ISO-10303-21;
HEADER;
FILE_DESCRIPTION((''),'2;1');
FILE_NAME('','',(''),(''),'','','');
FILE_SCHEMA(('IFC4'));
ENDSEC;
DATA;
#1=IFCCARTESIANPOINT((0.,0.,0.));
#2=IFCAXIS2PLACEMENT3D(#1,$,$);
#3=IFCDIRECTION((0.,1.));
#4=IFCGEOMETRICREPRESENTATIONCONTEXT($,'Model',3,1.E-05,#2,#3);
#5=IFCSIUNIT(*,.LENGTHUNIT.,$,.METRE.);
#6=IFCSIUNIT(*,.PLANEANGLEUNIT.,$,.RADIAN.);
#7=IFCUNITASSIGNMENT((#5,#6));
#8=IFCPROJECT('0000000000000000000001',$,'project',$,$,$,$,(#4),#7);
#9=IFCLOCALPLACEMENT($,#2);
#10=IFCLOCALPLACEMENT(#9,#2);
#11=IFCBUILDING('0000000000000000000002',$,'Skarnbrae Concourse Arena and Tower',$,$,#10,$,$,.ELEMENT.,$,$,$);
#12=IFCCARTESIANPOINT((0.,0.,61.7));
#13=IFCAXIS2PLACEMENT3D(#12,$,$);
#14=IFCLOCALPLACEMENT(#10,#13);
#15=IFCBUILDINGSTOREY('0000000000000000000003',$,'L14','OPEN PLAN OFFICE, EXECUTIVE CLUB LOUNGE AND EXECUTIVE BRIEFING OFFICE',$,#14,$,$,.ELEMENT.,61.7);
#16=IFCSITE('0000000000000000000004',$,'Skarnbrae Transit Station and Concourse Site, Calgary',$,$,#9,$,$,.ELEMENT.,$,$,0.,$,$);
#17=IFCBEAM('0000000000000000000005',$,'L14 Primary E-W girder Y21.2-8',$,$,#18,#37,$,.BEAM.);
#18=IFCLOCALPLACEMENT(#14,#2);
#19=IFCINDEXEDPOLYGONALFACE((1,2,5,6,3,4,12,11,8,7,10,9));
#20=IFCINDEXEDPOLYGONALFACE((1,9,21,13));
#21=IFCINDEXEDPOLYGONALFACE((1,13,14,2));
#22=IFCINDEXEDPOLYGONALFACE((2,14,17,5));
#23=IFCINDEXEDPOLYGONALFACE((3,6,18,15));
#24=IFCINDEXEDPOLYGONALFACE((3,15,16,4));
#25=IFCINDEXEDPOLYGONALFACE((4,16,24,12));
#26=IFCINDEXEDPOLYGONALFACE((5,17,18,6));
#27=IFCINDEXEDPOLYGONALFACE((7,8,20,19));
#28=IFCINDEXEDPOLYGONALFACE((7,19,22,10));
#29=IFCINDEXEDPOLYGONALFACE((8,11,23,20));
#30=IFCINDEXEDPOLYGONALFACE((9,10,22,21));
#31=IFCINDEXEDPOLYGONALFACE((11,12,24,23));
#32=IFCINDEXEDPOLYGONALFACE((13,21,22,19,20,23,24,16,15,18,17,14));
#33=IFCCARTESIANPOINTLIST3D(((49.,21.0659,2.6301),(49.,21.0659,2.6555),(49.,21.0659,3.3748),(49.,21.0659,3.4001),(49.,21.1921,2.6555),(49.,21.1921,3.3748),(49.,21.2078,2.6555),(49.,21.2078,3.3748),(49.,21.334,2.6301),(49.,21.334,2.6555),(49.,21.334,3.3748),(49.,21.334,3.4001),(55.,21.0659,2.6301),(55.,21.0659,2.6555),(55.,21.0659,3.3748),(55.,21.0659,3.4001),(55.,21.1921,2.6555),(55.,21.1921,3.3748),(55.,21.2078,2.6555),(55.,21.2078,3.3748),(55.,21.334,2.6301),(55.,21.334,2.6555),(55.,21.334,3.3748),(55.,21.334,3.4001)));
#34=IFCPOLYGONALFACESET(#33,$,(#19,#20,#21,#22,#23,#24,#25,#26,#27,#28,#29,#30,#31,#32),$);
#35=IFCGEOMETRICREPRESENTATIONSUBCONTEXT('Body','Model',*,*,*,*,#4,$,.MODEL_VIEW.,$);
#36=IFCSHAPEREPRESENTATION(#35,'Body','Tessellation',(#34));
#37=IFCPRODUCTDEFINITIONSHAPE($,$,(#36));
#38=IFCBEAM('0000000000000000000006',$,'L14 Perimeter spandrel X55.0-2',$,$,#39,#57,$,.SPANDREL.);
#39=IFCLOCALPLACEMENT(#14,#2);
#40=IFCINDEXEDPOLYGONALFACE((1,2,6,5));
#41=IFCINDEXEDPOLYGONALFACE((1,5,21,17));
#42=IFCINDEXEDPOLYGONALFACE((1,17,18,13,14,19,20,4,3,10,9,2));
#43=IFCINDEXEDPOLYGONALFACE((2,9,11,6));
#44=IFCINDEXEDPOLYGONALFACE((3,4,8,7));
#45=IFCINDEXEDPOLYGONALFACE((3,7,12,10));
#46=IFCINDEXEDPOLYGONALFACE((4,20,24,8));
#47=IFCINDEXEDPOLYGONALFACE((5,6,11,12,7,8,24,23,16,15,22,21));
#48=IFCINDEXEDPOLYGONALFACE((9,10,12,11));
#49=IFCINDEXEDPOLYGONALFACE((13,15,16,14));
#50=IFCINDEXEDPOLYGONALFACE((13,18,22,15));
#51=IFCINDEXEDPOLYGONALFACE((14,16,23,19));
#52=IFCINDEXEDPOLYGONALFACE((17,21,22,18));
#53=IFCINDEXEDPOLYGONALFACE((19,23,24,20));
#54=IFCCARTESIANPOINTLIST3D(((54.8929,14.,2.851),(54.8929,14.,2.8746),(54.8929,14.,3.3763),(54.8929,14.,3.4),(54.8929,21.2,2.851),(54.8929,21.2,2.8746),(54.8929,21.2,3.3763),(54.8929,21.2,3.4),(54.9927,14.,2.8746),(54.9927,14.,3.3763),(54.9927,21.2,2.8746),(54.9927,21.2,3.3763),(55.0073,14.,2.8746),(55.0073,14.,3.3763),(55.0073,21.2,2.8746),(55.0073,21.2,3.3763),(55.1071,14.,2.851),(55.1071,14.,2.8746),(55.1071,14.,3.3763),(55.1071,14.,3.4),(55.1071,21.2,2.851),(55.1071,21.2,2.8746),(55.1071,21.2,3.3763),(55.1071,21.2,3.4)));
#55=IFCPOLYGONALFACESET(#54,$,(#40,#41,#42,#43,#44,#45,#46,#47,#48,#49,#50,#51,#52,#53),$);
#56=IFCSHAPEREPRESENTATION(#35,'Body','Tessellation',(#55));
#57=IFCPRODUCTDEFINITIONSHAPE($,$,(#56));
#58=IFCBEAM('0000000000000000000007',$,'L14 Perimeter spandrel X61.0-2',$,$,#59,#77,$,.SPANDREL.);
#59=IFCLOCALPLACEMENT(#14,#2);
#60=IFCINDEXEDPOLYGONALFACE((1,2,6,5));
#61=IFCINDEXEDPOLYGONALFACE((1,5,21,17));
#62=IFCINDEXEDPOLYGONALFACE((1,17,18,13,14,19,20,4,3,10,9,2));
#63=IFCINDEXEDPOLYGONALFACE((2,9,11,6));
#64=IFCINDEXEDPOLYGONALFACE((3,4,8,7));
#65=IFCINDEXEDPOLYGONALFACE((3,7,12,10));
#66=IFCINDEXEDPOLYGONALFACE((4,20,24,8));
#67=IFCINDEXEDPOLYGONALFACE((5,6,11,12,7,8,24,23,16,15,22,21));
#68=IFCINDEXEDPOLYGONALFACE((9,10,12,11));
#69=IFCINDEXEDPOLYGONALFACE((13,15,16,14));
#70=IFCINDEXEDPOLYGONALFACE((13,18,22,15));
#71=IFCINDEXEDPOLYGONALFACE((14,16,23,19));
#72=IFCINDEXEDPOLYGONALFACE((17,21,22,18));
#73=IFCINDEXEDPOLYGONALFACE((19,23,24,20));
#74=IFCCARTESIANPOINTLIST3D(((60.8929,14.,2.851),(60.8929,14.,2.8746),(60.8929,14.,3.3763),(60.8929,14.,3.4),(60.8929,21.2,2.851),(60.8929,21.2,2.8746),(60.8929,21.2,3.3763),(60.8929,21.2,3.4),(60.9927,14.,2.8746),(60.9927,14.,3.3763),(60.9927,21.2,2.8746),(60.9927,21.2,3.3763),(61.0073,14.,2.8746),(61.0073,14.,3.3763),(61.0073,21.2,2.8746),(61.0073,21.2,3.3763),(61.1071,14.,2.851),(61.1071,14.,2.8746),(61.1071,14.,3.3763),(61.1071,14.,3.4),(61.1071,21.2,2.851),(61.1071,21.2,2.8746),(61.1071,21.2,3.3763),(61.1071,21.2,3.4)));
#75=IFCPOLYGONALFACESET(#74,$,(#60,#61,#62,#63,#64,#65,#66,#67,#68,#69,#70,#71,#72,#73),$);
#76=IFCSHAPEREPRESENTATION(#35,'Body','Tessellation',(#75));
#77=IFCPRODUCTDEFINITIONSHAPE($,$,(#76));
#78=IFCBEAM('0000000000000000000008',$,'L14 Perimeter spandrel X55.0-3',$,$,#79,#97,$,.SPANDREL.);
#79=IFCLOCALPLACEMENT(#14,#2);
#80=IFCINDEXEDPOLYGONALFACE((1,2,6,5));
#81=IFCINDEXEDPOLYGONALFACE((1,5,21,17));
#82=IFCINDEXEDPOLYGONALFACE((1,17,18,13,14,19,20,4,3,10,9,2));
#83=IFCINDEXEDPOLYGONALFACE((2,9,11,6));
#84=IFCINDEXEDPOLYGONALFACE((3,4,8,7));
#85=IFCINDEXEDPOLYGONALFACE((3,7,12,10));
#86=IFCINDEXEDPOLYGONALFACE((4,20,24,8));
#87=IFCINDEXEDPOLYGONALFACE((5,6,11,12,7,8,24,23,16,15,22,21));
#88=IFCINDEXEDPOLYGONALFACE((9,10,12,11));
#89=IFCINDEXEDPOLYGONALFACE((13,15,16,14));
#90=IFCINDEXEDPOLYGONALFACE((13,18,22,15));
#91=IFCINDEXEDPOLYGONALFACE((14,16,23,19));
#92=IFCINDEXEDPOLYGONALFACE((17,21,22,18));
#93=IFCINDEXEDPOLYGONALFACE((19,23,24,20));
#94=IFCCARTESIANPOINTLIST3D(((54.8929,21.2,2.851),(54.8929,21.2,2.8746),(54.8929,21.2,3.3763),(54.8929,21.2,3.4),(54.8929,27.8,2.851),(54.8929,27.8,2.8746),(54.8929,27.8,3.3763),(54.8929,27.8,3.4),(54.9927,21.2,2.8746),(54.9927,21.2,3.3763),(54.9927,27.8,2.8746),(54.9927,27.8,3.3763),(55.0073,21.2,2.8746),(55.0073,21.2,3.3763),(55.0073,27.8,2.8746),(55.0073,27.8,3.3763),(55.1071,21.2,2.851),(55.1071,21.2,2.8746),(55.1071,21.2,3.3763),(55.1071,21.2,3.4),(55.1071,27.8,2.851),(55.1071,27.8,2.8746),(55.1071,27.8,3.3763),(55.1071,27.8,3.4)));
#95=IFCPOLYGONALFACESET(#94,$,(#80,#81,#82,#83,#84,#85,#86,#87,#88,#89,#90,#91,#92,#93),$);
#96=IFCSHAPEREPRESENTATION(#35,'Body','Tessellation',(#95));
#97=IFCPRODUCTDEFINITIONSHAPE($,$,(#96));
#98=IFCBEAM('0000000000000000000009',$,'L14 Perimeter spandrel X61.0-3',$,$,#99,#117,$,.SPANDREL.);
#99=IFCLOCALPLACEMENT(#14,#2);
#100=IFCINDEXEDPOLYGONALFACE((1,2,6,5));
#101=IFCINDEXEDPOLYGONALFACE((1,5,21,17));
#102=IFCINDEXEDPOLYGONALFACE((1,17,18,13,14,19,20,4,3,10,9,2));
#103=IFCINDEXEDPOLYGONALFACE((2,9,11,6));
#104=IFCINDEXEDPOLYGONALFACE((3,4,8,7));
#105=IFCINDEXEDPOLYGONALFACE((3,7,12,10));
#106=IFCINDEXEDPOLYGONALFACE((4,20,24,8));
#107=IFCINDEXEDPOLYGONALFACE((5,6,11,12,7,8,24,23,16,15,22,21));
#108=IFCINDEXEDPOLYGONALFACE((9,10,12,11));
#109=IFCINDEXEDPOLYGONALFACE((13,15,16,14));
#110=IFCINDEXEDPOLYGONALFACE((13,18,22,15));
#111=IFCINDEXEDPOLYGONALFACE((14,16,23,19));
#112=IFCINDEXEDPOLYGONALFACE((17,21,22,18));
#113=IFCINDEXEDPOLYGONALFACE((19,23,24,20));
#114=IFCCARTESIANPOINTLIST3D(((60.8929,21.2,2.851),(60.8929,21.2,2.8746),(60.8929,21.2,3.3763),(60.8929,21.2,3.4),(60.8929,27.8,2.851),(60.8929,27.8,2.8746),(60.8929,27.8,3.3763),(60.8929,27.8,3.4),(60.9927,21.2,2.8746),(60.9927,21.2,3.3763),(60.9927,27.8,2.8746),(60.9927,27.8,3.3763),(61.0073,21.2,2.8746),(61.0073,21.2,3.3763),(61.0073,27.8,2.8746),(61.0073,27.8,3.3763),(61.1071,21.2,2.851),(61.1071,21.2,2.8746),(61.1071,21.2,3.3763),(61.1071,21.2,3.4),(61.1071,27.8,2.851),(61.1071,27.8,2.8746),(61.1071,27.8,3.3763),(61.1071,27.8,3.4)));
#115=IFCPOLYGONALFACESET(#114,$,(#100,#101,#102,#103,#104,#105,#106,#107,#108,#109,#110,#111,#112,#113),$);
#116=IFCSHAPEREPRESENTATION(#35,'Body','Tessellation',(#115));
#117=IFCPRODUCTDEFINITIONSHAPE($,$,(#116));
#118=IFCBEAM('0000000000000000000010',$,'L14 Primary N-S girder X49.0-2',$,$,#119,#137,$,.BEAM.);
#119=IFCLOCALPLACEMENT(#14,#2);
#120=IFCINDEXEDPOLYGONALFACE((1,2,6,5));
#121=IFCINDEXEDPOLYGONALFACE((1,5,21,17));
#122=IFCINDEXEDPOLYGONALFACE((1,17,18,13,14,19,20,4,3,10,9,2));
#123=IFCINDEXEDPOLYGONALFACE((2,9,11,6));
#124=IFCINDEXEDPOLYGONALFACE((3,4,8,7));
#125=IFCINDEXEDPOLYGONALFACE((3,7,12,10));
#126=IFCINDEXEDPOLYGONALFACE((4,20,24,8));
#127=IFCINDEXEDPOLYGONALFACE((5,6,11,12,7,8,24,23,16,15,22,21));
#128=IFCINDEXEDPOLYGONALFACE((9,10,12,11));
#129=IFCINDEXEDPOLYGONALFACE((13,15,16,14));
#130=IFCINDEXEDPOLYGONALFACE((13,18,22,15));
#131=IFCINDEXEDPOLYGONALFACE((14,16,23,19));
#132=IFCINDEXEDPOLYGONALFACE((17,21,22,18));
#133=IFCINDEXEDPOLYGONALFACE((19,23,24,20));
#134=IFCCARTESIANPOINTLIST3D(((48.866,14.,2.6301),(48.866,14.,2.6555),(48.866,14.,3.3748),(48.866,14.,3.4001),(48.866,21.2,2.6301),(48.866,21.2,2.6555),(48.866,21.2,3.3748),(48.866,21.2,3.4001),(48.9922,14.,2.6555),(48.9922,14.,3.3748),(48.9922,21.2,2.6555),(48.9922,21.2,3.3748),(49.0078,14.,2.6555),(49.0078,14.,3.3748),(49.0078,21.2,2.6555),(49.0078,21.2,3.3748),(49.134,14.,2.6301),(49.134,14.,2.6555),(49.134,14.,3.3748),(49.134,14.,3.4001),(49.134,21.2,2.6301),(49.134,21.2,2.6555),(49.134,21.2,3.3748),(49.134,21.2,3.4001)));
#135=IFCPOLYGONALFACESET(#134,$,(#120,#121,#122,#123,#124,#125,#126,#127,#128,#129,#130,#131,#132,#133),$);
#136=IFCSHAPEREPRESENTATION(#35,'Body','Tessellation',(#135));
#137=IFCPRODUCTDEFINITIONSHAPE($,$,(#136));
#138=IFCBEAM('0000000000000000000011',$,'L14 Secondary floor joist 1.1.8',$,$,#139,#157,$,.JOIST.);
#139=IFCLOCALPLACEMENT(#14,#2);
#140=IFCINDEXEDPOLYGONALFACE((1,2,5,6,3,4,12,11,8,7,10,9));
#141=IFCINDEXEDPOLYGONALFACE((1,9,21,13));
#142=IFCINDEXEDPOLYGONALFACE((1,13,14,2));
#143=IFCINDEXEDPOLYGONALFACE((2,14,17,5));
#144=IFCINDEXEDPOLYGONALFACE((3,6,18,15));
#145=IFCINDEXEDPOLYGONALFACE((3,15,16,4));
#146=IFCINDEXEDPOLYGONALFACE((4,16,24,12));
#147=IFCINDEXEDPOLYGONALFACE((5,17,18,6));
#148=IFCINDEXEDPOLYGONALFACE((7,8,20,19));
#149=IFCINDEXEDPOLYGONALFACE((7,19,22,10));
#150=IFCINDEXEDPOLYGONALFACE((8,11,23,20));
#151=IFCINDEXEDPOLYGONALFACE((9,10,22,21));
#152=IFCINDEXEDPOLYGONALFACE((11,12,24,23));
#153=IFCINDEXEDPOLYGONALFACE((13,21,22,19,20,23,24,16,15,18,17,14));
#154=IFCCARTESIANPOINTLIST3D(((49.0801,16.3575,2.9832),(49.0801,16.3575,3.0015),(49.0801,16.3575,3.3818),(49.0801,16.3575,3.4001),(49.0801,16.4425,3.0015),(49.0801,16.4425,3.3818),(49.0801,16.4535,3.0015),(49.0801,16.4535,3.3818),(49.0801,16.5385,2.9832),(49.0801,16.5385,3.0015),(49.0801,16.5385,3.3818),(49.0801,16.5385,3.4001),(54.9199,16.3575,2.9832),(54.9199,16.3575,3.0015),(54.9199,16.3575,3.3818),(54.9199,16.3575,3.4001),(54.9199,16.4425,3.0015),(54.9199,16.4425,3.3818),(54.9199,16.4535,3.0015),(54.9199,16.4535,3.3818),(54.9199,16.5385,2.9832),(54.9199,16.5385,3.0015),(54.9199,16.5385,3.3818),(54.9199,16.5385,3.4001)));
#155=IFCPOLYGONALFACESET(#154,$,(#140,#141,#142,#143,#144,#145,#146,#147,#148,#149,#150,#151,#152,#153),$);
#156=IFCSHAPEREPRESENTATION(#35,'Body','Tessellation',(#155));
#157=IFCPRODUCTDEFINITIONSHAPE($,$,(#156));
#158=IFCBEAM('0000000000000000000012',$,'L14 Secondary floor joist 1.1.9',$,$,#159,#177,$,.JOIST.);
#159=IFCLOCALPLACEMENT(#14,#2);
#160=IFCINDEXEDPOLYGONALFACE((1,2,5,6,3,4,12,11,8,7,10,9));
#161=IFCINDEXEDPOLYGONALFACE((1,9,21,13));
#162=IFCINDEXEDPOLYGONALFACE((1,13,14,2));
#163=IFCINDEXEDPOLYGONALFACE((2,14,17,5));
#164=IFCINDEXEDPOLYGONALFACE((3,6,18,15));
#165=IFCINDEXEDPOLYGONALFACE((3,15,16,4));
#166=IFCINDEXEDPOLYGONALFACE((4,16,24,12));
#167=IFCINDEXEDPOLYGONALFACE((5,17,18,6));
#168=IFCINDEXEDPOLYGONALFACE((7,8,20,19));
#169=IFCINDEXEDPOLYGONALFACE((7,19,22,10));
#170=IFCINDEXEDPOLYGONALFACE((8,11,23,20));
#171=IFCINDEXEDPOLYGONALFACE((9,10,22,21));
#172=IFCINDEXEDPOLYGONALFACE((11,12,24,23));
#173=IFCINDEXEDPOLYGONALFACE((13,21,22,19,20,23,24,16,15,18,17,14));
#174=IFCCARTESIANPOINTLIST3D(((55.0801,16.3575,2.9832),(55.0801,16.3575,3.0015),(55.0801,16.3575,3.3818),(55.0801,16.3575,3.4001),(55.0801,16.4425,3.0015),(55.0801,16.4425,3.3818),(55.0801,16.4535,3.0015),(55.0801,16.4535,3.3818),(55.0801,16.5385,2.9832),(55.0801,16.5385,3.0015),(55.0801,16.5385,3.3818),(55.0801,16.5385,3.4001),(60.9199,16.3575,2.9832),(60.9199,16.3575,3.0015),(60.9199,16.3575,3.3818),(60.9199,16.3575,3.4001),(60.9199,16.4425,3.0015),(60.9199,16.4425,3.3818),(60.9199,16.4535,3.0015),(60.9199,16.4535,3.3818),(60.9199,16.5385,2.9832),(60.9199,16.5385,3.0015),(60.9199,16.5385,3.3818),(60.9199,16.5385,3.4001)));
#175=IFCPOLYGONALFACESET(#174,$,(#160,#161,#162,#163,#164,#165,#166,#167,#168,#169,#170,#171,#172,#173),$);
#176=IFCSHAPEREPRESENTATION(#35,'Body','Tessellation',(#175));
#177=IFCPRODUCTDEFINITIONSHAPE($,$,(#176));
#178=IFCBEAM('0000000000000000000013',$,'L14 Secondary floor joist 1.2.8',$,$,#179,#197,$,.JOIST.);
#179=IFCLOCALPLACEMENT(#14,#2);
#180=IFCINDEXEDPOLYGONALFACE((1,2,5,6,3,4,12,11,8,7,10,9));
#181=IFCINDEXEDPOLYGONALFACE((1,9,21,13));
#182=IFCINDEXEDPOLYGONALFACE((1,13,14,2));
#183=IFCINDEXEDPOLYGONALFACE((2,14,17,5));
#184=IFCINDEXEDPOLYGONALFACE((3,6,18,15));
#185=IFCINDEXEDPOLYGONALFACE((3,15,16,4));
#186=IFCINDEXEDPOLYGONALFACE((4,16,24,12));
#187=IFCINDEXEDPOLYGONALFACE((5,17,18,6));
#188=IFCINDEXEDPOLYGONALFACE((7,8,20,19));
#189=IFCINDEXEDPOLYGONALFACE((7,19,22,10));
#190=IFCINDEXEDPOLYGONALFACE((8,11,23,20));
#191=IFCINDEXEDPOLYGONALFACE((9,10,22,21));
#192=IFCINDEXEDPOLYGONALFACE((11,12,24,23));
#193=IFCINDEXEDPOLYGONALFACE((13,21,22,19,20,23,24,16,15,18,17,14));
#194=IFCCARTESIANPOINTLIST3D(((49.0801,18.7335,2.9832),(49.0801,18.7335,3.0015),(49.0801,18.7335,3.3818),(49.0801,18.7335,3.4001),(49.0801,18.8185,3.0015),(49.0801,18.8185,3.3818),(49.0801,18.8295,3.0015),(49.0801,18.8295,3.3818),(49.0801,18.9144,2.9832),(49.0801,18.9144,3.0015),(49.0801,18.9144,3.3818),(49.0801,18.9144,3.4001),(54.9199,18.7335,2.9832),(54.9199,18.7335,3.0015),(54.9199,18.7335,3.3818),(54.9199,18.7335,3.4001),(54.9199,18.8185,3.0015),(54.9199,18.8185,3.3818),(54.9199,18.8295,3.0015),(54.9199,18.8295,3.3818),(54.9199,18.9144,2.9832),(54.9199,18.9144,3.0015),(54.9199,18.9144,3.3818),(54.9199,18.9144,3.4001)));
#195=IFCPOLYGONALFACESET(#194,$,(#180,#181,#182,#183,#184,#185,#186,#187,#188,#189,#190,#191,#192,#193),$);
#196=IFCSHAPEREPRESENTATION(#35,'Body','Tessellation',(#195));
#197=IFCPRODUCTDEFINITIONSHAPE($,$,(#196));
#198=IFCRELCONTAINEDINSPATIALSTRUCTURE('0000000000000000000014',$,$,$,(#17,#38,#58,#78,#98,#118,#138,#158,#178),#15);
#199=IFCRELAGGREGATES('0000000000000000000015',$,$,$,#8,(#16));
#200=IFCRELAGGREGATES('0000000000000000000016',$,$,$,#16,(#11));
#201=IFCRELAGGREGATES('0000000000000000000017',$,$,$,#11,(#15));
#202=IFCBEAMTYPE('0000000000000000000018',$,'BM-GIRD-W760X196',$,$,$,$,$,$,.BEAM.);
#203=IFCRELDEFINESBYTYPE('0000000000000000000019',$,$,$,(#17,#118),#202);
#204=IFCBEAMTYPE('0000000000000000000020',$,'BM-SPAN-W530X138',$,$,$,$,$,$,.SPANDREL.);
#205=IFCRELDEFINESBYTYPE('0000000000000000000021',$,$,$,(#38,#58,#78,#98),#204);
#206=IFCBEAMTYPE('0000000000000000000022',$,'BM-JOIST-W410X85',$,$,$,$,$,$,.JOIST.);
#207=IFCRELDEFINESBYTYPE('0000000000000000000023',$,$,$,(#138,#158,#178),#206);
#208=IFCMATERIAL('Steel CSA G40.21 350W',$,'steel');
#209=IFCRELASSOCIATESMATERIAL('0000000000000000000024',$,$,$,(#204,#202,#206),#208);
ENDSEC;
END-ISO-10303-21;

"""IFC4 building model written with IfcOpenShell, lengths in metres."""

from ifc_helpers import new_model, si_unit, direction, frame, origin, origin_2d, place, context, subcontext, project, spatial, i_section, extrude, source, transform, mapped, material, material_profile, profile_set, type_object, element, save


model = new_model("IFC4")

# Units and contexts
model_context = context("Model", 3, precision=1e-05, world=origin(), true_north=direction((0.0, 1.0)))
body_context = subcontext(model_context, "Body", "Model", "MODEL_VIEW")
ifc_project = project(units=[si_unit("LENGTHUNIT", "METRE"), si_unit("PLANEANGLEUNIT", "RADIAN")], contexts=[model_context])

# Site, building, storey
site_placement = place(None, origin())
site = spatial("IfcSite", under=ifc_project, at=site_placement, Name="Skarnbrae Transit Station and Concourse Site, Calgary", CompositionType="ELEMENT", RefElevation=0.0)
building_placement = place(site_placement, origin())
building = spatial("IfcBuilding", under=site, at=building_placement, Name="Skarnbrae Concourse Arena and Tower", CompositionType="ELEMENT")
storey_placement = place(building_placement, frame((0.0, 0.0, 61.7)))
storey = spatial("IfcBuildingStorey", under=building, at=storey_placement, Name="L14", Description="OPEN PLAN OFFICE, EXECUTIVE CLUB LOUNGE AND EXECUTIVE BRIEFING OFFICE", CompositionType="ELEMENT", Elevation=61.7)

# Shared definitions
ifc_material_1 = material(Name="Steel CSA G40.21 350W", Category="steel")

# Beams
ifc_material_profile_1 = material_profile(ifc_material_1, i_section(OverallWidth=0.2141, OverallDepth=0.5491, WebThickness=0.0146, FlangeThickness=0.0237, at=origin_2d()), Name="W530X138")
ifc_profile_set_1 = profile_set([ifc_material_profile_1], Name="Steel CSA G40.21 350W")
beam_type_1 = type_object("IfcBeamType", Name="BM-SPAN-W530X138", PredefinedType="SPANDREL", material=ifc_profile_set_1)
ifc_material_profile_2 = material_profile(ifc_material_1, i_section(OverallWidth=0.2681, OverallDepth=0.77, WebThickness=0.0156, FlangeThickness=0.0254, at=origin_2d()), Name="W760X196")
ifc_profile_set_2 = profile_set([ifc_material_profile_2], Name="Steel CSA G40.21 350W")
beam_type_2 = type_object("IfcBeamType", Name="BM-GIRD-W760X196", PredefinedType="BEAM", material=ifc_profile_set_2)
shared_shape_1 = source(origin(), body_context, "Body", "SweptSolid", [
    extrude(i_section(OverallWidth=0.2681, OverallDepth=0.77, WebThickness=0.0156, FlangeThickness=0.0254, at=origin_2d()), origin(), (0.0, 0.0, 1.0), 6.0),
])
beam_1_placement = place(storey_placement, frame((49.0, 21.2, 3.0151), z_axis=(1.0, 0.0, 0.0), x_axis=(0.0, 1.0, 0.0)))
element("IfcBeam", 1, at=beam_1_placement, inside=storey, type_object=beam_type_2, Name="L14 Primary E-W girder Y21.2-8", PredefinedType="BEAM", context=body_context, shape_type="MappedRepresentation", body=[
    mapped(shared_shape_1, transform((0.0, 0.0, 0.0))),
])
shared_shape_2 = source(origin(), body_context, "Body", "SweptSolid", [
    extrude(i_section(OverallWidth=0.2141, OverallDepth=0.5491, WebThickness=0.0146, FlangeThickness=0.0237, at=origin_2d()), origin(), (0.0, 0.0, 1.0), 7.2),
])
for number, where, z_axis, x_axis, name in (
    (2, (55.0, 14.0, 3.1255), (0.0, 1.0, 0.0), (-1.0, 0.0, 0.0), "L14 Perimeter spandrel X55.0-2"),
    (3, (61.0, 14.0, 3.1255), (0.0, 1.0, 0.0), (-1.0, 0.0, 0.0), "L14 Perimeter spandrel X61.0-2"),
):
    element("IfcBeam", number, at=place(storey_placement, frame(where, z_axis=z_axis, x_axis=x_axis)), inside=storey, type_object=beam_type_1, Name=name, PredefinedType="SPANDREL", context=body_context, shape_type="MappedRepresentation", body=[
        mapped(shared_shape_2, transform((0.0, 0.0, 0.0))),
    ])
shared_shape_3 = source(origin(), body_context, "Body", "SweptSolid", [
    extrude(i_section(OverallWidth=0.2141, OverallDepth=0.5491, WebThickness=0.0146, FlangeThickness=0.0237, at=origin_2d()), origin(), (0.0, 0.0, 1.0), 6.6001),
])
for number, where, z_axis, x_axis, name in (
    (4, (55.0, 21.2, 3.1255), (0.0, 1.0, 0.0), (-1.0, 0.0, 0.0), "L14 Perimeter spandrel X55.0-3"),
    (5, (61.0, 21.2, 3.1255), (0.0, 1.0, 0.0), (-1.0, 0.0, 0.0), "L14 Perimeter spandrel X61.0-3"),
):
    element("IfcBeam", number, at=place(storey_placement, frame(where, z_axis=z_axis, x_axis=x_axis)), inside=storey, type_object=beam_type_1, Name=name, PredefinedType="SPANDREL", context=body_context, shape_type="MappedRepresentation", body=[
        mapped(shared_shape_3, transform((0.0, 0.0, 0.0))),
    ])
shared_shape_4 = source(origin(), body_context, "Body", "SweptSolid", [
    extrude(i_section(OverallWidth=0.2681, OverallDepth=0.77, WebThickness=0.0156, FlangeThickness=0.0254, at=origin_2d()), origin(), (0.0, 0.0, 1.0), 7.2),
])
beam_2_placement = place(storey_placement, frame((49.0, 14.0, 3.0151), z_axis=(0.0, 1.0, 0.0), x_axis=(-1.0, 0.0, 0.0)))
element("IfcBeam", 6, at=beam_2_placement, inside=storey, type_object=beam_type_2, Name="L14 Primary N-S girder X49.0-2", PredefinedType="BEAM", context=body_context, shape_type="MappedRepresentation", body=[
    mapped(shared_shape_4, transform((0.0, 0.0, 0.0))),
])
ifc_material_profile_3 = material_profile(ifc_material_1, i_section(OverallWidth=0.1809, OverallDepth=0.417, WebThickness=0.011, FlangeThickness=0.0183, at=origin_2d()), Name="W410X85")
ifc_profile_set_3 = profile_set([ifc_material_profile_3], Name="Steel CSA G40.21 350W")
beam_type_3 = type_object("IfcBeamType", Name="BM-JOIST-W410X85", PredefinedType="JOIST", material=ifc_profile_set_3)
shared_shape_5 = source(origin(), body_context, "Body", "SweptSolid", [
    extrude(i_section(OverallWidth=0.1809, OverallDepth=0.417, WebThickness=0.011, FlangeThickness=0.0183, at=origin_2d()), origin(), (0.0, 0.0, 1.0), 5.8398),
])
for number, where, z_axis, x_axis, name in (
    (7, (49.0801, 16.448, 3.1917), (1.0, 0.0, 0.0), (0.0, 1.0, 0.0), "L14 Secondary floor joist 1.1.8"),
    (8, (55.0801, 16.448, 3.1917), (1.0, 0.0, 0.0), (0.0, 1.0, 0.0), "L14 Secondary floor joist 1.1.9"),
    (9, (49.0801, 18.824, 3.1917), (1.0, 0.0, 0.0), (0.0, 1.0, 0.0), "L14 Secondary floor joist 1.2.8"),
):
    element("IfcBeam", number, at=place(storey_placement, frame(where, z_axis=z_axis, x_axis=x_axis)), inside=storey, type_object=beam_type_3, Name=name, PredefinedType="JOIST", context=body_context, shape_type="MappedRepresentation", body=[
        mapped(shared_shape_5, transform((0.0, 0.0, 0.0))),
    ])

save(model, "model.ifc")
